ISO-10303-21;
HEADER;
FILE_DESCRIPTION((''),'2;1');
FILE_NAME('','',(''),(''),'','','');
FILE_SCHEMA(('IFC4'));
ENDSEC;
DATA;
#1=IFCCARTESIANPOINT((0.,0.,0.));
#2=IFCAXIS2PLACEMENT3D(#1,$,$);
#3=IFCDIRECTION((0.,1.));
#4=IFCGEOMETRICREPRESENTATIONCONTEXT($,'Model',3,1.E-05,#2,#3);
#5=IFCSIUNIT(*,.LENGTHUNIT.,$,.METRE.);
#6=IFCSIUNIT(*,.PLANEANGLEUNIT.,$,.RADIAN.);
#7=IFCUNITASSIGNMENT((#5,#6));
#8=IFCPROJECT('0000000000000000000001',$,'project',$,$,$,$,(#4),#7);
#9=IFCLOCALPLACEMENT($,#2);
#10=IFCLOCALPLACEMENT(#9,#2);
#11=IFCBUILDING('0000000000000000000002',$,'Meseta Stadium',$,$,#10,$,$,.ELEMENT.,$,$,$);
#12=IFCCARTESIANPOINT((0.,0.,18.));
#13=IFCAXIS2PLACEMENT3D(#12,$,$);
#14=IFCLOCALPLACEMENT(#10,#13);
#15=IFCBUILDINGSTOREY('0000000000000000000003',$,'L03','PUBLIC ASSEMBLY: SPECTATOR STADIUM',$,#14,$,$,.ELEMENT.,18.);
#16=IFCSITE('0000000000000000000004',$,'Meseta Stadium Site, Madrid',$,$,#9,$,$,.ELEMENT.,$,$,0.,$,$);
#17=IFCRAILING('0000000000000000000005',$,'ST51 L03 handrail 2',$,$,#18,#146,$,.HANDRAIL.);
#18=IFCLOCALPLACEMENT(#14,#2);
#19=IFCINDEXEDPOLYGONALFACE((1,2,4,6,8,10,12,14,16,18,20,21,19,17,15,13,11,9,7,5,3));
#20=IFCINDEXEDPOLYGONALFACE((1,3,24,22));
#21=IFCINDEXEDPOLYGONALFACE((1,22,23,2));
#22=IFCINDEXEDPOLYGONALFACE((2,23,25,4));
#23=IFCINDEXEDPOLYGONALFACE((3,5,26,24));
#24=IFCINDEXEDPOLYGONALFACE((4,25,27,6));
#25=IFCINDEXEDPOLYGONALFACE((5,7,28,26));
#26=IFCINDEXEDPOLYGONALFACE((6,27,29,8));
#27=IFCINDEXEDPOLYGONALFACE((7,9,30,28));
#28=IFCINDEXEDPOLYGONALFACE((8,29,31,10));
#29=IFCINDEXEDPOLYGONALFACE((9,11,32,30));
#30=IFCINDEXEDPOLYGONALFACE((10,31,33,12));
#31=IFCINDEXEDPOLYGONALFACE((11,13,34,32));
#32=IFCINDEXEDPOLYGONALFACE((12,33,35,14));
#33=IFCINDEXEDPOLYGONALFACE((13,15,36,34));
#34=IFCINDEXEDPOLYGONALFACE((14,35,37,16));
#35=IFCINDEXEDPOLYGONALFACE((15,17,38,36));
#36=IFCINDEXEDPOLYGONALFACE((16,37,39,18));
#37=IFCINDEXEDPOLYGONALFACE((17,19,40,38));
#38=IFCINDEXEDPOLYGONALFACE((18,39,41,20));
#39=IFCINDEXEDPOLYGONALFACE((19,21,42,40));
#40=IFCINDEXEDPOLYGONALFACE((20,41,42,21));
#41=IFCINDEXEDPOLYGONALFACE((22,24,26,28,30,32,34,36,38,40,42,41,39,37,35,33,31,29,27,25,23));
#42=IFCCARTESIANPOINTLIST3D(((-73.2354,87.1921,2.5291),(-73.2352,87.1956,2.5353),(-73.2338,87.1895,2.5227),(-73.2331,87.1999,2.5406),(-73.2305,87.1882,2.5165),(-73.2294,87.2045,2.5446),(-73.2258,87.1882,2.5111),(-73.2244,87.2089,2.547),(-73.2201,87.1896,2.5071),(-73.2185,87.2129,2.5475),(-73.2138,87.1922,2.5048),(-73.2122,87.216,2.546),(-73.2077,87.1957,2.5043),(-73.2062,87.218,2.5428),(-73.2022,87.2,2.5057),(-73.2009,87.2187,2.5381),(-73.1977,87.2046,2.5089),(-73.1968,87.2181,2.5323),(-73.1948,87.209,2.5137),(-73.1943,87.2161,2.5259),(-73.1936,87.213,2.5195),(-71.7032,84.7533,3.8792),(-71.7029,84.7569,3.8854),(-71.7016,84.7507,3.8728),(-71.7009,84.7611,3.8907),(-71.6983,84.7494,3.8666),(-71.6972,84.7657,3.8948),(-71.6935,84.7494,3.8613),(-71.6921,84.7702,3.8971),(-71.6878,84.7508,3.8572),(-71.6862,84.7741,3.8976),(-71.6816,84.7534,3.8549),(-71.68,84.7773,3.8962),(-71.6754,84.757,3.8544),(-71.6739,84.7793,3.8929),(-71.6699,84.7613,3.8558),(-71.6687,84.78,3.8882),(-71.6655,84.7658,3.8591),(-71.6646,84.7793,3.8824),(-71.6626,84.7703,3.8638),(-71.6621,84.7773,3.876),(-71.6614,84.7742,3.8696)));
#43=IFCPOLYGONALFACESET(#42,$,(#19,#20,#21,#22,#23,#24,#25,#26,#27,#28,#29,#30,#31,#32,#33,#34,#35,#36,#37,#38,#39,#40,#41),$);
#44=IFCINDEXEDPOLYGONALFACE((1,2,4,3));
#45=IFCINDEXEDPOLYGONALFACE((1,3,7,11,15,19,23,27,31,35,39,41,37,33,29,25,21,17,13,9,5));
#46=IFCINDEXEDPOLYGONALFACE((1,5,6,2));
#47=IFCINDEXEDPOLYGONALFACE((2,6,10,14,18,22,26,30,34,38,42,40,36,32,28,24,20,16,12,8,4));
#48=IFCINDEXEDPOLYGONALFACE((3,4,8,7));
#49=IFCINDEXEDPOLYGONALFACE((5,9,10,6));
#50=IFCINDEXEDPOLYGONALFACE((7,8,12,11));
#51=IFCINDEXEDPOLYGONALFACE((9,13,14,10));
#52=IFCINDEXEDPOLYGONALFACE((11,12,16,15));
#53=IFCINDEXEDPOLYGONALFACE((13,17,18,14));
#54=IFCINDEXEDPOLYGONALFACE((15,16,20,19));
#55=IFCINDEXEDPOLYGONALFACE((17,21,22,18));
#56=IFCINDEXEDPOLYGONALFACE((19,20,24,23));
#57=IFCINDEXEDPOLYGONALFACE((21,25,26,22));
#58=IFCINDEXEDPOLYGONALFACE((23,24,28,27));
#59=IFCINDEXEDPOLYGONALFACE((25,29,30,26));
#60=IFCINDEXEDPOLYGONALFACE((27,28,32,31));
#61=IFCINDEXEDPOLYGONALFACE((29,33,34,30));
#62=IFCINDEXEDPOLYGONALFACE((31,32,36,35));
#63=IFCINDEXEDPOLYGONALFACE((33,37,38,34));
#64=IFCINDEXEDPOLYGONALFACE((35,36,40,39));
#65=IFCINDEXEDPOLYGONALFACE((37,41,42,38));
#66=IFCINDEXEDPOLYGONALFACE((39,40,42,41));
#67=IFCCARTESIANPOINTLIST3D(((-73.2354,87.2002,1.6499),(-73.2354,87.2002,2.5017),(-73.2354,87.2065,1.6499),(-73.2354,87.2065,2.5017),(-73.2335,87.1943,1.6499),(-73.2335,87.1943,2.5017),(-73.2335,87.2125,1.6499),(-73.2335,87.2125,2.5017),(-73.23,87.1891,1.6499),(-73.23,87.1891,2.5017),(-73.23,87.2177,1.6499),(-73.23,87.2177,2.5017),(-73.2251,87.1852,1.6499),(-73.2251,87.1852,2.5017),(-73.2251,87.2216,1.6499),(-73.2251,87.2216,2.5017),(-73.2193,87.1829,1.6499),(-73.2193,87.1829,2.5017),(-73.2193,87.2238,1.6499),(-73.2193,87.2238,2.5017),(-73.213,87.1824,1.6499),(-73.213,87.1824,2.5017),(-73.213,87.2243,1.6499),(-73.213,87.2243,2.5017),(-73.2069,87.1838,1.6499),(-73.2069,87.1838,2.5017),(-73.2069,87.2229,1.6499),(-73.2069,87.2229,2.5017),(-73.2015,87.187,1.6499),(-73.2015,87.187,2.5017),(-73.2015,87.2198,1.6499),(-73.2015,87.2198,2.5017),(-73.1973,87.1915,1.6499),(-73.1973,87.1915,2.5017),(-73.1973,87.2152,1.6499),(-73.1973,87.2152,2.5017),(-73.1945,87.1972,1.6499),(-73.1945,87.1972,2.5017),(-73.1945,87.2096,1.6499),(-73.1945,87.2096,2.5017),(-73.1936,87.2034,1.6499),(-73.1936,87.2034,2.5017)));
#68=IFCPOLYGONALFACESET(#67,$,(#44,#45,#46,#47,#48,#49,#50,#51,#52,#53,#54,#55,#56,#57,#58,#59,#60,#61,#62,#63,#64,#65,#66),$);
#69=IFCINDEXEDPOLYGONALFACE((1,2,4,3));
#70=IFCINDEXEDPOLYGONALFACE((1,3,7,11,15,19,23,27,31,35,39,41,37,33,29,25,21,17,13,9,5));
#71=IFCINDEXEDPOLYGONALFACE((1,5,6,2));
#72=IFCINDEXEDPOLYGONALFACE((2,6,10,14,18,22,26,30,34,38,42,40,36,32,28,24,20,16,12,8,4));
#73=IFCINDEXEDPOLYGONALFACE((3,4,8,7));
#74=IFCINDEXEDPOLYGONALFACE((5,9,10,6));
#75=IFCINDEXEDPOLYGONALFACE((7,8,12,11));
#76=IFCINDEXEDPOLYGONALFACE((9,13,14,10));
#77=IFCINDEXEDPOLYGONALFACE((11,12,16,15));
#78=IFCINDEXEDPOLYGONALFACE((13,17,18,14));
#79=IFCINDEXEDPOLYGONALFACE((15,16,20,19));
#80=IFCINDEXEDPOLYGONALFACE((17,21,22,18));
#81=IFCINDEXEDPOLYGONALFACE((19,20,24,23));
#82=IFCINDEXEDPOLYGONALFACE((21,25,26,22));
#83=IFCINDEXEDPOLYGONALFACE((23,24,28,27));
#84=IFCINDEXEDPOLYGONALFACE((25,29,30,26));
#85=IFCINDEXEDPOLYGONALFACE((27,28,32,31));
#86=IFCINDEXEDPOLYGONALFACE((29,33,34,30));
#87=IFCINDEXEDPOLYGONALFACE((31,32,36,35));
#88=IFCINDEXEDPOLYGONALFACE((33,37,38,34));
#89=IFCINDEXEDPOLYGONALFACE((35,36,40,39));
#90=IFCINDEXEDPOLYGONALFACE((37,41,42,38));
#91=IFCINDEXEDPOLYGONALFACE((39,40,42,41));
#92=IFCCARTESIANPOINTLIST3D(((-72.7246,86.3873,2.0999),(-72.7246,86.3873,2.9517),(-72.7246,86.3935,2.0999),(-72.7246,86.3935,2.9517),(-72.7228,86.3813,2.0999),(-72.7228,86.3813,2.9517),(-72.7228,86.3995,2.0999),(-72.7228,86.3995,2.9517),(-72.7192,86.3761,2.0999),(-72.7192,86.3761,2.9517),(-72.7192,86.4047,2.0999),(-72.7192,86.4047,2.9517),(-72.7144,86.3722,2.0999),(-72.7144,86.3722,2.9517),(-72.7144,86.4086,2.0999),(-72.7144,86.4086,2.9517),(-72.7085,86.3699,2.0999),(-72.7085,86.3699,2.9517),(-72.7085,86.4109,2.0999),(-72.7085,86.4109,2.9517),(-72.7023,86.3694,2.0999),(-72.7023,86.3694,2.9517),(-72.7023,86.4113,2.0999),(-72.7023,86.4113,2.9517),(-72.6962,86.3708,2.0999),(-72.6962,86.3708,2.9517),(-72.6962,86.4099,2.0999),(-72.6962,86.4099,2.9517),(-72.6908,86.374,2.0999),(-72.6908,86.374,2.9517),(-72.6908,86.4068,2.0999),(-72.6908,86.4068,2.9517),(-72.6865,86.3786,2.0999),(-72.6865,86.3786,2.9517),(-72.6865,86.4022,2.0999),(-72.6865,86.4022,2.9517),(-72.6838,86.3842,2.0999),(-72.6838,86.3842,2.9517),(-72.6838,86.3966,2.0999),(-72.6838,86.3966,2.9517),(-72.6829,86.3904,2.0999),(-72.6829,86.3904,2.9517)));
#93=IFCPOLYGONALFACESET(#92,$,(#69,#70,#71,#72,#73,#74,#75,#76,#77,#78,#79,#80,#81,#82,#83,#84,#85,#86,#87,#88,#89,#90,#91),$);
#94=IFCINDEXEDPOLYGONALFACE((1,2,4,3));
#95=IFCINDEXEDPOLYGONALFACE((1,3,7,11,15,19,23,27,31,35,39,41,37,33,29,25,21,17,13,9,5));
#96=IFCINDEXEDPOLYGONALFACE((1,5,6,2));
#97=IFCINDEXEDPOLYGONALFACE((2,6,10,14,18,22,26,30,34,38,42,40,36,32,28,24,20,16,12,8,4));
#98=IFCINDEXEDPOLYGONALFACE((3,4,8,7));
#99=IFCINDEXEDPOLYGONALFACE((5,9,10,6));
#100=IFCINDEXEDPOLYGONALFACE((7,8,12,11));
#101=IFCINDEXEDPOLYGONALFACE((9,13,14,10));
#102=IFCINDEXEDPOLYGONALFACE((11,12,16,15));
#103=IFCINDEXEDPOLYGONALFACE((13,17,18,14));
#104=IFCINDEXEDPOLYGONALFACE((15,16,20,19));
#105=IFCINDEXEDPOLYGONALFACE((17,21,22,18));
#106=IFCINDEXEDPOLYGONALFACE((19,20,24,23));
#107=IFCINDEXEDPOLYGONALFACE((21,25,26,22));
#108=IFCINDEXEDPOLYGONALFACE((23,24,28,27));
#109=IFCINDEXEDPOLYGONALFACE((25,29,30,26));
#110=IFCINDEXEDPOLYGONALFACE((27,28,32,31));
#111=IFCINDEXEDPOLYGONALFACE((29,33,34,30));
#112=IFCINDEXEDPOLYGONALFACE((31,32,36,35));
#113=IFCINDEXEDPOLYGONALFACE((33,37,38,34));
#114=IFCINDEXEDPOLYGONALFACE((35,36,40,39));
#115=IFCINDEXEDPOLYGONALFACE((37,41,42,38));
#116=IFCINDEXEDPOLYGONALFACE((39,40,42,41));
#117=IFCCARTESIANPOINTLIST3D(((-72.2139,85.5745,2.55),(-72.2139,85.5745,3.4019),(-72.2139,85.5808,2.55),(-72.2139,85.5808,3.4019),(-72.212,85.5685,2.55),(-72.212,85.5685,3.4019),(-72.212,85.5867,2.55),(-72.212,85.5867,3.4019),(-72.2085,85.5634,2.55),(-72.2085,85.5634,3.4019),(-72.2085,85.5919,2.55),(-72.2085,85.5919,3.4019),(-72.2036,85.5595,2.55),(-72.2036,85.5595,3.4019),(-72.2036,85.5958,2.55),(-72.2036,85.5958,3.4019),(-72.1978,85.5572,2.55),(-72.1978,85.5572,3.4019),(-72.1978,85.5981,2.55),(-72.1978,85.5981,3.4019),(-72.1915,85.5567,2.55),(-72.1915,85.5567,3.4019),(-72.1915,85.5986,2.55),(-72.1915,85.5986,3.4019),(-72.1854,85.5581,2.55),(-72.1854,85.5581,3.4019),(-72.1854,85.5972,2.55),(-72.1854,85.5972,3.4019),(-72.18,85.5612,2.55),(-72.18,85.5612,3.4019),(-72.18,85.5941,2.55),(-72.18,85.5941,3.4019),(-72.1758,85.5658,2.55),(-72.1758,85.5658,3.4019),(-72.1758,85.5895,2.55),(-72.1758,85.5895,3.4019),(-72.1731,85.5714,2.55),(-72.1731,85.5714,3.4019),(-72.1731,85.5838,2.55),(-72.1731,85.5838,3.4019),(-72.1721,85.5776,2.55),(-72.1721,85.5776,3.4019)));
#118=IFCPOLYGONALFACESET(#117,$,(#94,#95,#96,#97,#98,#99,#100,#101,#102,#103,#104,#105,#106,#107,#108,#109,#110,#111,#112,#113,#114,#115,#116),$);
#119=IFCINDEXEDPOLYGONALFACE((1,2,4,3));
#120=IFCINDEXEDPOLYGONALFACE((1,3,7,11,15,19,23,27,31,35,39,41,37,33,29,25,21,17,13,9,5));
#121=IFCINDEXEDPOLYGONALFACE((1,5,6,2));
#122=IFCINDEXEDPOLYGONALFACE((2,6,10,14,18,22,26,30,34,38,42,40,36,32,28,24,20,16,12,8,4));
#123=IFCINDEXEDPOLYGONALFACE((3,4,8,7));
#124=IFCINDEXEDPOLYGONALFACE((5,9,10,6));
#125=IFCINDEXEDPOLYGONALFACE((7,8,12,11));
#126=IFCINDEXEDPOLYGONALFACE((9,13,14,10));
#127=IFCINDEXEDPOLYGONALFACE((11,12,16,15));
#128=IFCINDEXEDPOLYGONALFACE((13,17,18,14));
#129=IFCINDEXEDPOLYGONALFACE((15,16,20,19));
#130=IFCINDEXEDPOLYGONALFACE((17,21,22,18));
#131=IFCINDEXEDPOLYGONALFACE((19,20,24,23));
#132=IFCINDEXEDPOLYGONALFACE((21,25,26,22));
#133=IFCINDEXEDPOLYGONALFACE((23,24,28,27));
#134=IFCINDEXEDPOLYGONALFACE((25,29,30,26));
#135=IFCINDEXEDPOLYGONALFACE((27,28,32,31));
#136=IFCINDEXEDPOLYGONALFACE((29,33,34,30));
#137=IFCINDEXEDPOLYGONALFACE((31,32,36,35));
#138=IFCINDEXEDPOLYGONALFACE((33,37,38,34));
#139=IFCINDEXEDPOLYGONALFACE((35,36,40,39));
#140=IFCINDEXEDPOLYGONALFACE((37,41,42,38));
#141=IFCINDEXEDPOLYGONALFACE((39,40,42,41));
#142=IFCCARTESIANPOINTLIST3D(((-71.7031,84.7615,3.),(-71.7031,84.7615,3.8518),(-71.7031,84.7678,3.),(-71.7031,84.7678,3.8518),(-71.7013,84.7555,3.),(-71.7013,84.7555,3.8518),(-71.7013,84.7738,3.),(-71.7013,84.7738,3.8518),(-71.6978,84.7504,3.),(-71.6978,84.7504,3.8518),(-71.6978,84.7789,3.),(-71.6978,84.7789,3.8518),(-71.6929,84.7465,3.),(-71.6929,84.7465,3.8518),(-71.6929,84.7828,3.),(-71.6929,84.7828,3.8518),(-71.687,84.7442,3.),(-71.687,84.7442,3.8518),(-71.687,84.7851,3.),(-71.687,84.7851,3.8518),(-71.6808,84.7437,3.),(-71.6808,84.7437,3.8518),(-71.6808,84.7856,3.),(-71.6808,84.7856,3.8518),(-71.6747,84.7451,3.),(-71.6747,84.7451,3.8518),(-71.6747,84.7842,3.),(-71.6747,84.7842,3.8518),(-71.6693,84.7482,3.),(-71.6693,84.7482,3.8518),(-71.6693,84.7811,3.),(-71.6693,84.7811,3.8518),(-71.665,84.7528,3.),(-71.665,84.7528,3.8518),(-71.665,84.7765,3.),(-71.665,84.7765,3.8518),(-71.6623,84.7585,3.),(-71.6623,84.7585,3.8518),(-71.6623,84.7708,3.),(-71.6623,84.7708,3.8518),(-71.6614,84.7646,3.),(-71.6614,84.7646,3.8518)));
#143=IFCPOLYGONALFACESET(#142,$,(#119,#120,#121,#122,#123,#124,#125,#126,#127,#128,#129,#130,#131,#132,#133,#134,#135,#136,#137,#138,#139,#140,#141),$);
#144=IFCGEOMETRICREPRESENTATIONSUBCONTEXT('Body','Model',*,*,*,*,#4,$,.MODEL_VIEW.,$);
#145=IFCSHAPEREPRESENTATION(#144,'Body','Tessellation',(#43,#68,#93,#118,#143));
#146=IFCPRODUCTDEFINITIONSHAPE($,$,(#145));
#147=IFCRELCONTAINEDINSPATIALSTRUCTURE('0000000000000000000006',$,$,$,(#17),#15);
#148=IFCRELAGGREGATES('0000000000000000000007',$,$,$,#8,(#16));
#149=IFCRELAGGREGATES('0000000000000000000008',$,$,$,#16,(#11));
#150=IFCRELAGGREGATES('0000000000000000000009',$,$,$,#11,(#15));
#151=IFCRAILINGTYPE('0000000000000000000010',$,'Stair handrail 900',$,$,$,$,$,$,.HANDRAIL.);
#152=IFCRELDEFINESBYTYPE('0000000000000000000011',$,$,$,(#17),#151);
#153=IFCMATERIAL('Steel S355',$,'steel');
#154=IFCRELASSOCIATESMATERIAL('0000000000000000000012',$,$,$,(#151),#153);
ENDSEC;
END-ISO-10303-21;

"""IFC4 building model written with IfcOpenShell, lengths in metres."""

from ifc_helpers import new_model, si_unit, direction, frame, origin, origin_2d, place, context, subcontext, project, spatial, circle, extrude, material, type_object, element, save


model = new_model("IFC4")

# Units and contexts
model_context = context("Model", 3, precision=1e-05, world=origin(), true_north=direction((0.0, 1.0)))
body_context = subcontext(model_context, "Body", "Model", "MODEL_VIEW")
ifc_project = project(units=[si_unit("LENGTHUNIT", "METRE"), si_unit("PLANEANGLEUNIT", "RADIAN")], contexts=[model_context])

# Site, building, storey
site_placement = place(None, origin())
site = spatial("IfcSite", under=ifc_project, at=site_placement, Name="Meseta Stadium Site, Madrid", CompositionType="ELEMENT", RefElevation=0.0)
building_placement = place(site_placement, origin())
building = spatial("IfcBuilding", under=site, at=building_placement, Name="Meseta Stadium", CompositionType="ELEMENT")
storey_placement = place(building_placement, frame((0.0, 0.0, 18.0)))
storey = spatial("IfcBuildingStorey", under=building, at=storey_placement, Name="L03", Description="PUBLIC ASSEMBLY: SPECTATOR STADIUM", CompositionType="ELEMENT", Elevation=18.0)

# Railing
ifc_material_1 = material(Name="Steel S355", Category="steel")
railing_type_1 = type_object("IfcRailingType", Name="Stair handrail 900", PredefinedType="HANDRAIL", material=ifc_material_1)
railing_1_placement = place(storey_placement, frame((-73.2146, 87.2034, 1.6499)))
element("IfcRailing", 1, at=railing_1_placement, inside=storey, type_object=railing_type_1, Name="ST51 L03 handrail 2", PredefinedType="HANDRAIL", context=body_context, shape_type="SweptSolid", body=[
    extrude(circle(Radius=0.0239, at=origin_2d()), frame((0.0, 0.0, 0.876), z_axis=(0.481703, -0.766687, 0.424445), x_axis=(0.846743, 0.532001, 0.0)), (0.0, 0.0, 1.0), 3.1809),
    extrude(circle(Radius=0.021, at=origin_2d()), origin(), (0.0, 0.0, 1.0), 0.8518),
    extrude(circle(Radius=0.021, at=origin_2d()), frame((0.5107, -0.813, 0.45)), (0.0, 0.0, 1.0), 0.8518),
    extrude(circle(Radius=0.021, at=origin_2d()), frame((1.0215, -1.6257, 0.9001)), (0.0, 0.0, 1.0), 0.8518),
    extrude(circle(Radius=0.021, at=origin_2d()), frame((1.5322, -2.4387, 1.3501)), (0.0, 0.0, 1.0), 0.8518),
])

save(model, "model.ifc")
